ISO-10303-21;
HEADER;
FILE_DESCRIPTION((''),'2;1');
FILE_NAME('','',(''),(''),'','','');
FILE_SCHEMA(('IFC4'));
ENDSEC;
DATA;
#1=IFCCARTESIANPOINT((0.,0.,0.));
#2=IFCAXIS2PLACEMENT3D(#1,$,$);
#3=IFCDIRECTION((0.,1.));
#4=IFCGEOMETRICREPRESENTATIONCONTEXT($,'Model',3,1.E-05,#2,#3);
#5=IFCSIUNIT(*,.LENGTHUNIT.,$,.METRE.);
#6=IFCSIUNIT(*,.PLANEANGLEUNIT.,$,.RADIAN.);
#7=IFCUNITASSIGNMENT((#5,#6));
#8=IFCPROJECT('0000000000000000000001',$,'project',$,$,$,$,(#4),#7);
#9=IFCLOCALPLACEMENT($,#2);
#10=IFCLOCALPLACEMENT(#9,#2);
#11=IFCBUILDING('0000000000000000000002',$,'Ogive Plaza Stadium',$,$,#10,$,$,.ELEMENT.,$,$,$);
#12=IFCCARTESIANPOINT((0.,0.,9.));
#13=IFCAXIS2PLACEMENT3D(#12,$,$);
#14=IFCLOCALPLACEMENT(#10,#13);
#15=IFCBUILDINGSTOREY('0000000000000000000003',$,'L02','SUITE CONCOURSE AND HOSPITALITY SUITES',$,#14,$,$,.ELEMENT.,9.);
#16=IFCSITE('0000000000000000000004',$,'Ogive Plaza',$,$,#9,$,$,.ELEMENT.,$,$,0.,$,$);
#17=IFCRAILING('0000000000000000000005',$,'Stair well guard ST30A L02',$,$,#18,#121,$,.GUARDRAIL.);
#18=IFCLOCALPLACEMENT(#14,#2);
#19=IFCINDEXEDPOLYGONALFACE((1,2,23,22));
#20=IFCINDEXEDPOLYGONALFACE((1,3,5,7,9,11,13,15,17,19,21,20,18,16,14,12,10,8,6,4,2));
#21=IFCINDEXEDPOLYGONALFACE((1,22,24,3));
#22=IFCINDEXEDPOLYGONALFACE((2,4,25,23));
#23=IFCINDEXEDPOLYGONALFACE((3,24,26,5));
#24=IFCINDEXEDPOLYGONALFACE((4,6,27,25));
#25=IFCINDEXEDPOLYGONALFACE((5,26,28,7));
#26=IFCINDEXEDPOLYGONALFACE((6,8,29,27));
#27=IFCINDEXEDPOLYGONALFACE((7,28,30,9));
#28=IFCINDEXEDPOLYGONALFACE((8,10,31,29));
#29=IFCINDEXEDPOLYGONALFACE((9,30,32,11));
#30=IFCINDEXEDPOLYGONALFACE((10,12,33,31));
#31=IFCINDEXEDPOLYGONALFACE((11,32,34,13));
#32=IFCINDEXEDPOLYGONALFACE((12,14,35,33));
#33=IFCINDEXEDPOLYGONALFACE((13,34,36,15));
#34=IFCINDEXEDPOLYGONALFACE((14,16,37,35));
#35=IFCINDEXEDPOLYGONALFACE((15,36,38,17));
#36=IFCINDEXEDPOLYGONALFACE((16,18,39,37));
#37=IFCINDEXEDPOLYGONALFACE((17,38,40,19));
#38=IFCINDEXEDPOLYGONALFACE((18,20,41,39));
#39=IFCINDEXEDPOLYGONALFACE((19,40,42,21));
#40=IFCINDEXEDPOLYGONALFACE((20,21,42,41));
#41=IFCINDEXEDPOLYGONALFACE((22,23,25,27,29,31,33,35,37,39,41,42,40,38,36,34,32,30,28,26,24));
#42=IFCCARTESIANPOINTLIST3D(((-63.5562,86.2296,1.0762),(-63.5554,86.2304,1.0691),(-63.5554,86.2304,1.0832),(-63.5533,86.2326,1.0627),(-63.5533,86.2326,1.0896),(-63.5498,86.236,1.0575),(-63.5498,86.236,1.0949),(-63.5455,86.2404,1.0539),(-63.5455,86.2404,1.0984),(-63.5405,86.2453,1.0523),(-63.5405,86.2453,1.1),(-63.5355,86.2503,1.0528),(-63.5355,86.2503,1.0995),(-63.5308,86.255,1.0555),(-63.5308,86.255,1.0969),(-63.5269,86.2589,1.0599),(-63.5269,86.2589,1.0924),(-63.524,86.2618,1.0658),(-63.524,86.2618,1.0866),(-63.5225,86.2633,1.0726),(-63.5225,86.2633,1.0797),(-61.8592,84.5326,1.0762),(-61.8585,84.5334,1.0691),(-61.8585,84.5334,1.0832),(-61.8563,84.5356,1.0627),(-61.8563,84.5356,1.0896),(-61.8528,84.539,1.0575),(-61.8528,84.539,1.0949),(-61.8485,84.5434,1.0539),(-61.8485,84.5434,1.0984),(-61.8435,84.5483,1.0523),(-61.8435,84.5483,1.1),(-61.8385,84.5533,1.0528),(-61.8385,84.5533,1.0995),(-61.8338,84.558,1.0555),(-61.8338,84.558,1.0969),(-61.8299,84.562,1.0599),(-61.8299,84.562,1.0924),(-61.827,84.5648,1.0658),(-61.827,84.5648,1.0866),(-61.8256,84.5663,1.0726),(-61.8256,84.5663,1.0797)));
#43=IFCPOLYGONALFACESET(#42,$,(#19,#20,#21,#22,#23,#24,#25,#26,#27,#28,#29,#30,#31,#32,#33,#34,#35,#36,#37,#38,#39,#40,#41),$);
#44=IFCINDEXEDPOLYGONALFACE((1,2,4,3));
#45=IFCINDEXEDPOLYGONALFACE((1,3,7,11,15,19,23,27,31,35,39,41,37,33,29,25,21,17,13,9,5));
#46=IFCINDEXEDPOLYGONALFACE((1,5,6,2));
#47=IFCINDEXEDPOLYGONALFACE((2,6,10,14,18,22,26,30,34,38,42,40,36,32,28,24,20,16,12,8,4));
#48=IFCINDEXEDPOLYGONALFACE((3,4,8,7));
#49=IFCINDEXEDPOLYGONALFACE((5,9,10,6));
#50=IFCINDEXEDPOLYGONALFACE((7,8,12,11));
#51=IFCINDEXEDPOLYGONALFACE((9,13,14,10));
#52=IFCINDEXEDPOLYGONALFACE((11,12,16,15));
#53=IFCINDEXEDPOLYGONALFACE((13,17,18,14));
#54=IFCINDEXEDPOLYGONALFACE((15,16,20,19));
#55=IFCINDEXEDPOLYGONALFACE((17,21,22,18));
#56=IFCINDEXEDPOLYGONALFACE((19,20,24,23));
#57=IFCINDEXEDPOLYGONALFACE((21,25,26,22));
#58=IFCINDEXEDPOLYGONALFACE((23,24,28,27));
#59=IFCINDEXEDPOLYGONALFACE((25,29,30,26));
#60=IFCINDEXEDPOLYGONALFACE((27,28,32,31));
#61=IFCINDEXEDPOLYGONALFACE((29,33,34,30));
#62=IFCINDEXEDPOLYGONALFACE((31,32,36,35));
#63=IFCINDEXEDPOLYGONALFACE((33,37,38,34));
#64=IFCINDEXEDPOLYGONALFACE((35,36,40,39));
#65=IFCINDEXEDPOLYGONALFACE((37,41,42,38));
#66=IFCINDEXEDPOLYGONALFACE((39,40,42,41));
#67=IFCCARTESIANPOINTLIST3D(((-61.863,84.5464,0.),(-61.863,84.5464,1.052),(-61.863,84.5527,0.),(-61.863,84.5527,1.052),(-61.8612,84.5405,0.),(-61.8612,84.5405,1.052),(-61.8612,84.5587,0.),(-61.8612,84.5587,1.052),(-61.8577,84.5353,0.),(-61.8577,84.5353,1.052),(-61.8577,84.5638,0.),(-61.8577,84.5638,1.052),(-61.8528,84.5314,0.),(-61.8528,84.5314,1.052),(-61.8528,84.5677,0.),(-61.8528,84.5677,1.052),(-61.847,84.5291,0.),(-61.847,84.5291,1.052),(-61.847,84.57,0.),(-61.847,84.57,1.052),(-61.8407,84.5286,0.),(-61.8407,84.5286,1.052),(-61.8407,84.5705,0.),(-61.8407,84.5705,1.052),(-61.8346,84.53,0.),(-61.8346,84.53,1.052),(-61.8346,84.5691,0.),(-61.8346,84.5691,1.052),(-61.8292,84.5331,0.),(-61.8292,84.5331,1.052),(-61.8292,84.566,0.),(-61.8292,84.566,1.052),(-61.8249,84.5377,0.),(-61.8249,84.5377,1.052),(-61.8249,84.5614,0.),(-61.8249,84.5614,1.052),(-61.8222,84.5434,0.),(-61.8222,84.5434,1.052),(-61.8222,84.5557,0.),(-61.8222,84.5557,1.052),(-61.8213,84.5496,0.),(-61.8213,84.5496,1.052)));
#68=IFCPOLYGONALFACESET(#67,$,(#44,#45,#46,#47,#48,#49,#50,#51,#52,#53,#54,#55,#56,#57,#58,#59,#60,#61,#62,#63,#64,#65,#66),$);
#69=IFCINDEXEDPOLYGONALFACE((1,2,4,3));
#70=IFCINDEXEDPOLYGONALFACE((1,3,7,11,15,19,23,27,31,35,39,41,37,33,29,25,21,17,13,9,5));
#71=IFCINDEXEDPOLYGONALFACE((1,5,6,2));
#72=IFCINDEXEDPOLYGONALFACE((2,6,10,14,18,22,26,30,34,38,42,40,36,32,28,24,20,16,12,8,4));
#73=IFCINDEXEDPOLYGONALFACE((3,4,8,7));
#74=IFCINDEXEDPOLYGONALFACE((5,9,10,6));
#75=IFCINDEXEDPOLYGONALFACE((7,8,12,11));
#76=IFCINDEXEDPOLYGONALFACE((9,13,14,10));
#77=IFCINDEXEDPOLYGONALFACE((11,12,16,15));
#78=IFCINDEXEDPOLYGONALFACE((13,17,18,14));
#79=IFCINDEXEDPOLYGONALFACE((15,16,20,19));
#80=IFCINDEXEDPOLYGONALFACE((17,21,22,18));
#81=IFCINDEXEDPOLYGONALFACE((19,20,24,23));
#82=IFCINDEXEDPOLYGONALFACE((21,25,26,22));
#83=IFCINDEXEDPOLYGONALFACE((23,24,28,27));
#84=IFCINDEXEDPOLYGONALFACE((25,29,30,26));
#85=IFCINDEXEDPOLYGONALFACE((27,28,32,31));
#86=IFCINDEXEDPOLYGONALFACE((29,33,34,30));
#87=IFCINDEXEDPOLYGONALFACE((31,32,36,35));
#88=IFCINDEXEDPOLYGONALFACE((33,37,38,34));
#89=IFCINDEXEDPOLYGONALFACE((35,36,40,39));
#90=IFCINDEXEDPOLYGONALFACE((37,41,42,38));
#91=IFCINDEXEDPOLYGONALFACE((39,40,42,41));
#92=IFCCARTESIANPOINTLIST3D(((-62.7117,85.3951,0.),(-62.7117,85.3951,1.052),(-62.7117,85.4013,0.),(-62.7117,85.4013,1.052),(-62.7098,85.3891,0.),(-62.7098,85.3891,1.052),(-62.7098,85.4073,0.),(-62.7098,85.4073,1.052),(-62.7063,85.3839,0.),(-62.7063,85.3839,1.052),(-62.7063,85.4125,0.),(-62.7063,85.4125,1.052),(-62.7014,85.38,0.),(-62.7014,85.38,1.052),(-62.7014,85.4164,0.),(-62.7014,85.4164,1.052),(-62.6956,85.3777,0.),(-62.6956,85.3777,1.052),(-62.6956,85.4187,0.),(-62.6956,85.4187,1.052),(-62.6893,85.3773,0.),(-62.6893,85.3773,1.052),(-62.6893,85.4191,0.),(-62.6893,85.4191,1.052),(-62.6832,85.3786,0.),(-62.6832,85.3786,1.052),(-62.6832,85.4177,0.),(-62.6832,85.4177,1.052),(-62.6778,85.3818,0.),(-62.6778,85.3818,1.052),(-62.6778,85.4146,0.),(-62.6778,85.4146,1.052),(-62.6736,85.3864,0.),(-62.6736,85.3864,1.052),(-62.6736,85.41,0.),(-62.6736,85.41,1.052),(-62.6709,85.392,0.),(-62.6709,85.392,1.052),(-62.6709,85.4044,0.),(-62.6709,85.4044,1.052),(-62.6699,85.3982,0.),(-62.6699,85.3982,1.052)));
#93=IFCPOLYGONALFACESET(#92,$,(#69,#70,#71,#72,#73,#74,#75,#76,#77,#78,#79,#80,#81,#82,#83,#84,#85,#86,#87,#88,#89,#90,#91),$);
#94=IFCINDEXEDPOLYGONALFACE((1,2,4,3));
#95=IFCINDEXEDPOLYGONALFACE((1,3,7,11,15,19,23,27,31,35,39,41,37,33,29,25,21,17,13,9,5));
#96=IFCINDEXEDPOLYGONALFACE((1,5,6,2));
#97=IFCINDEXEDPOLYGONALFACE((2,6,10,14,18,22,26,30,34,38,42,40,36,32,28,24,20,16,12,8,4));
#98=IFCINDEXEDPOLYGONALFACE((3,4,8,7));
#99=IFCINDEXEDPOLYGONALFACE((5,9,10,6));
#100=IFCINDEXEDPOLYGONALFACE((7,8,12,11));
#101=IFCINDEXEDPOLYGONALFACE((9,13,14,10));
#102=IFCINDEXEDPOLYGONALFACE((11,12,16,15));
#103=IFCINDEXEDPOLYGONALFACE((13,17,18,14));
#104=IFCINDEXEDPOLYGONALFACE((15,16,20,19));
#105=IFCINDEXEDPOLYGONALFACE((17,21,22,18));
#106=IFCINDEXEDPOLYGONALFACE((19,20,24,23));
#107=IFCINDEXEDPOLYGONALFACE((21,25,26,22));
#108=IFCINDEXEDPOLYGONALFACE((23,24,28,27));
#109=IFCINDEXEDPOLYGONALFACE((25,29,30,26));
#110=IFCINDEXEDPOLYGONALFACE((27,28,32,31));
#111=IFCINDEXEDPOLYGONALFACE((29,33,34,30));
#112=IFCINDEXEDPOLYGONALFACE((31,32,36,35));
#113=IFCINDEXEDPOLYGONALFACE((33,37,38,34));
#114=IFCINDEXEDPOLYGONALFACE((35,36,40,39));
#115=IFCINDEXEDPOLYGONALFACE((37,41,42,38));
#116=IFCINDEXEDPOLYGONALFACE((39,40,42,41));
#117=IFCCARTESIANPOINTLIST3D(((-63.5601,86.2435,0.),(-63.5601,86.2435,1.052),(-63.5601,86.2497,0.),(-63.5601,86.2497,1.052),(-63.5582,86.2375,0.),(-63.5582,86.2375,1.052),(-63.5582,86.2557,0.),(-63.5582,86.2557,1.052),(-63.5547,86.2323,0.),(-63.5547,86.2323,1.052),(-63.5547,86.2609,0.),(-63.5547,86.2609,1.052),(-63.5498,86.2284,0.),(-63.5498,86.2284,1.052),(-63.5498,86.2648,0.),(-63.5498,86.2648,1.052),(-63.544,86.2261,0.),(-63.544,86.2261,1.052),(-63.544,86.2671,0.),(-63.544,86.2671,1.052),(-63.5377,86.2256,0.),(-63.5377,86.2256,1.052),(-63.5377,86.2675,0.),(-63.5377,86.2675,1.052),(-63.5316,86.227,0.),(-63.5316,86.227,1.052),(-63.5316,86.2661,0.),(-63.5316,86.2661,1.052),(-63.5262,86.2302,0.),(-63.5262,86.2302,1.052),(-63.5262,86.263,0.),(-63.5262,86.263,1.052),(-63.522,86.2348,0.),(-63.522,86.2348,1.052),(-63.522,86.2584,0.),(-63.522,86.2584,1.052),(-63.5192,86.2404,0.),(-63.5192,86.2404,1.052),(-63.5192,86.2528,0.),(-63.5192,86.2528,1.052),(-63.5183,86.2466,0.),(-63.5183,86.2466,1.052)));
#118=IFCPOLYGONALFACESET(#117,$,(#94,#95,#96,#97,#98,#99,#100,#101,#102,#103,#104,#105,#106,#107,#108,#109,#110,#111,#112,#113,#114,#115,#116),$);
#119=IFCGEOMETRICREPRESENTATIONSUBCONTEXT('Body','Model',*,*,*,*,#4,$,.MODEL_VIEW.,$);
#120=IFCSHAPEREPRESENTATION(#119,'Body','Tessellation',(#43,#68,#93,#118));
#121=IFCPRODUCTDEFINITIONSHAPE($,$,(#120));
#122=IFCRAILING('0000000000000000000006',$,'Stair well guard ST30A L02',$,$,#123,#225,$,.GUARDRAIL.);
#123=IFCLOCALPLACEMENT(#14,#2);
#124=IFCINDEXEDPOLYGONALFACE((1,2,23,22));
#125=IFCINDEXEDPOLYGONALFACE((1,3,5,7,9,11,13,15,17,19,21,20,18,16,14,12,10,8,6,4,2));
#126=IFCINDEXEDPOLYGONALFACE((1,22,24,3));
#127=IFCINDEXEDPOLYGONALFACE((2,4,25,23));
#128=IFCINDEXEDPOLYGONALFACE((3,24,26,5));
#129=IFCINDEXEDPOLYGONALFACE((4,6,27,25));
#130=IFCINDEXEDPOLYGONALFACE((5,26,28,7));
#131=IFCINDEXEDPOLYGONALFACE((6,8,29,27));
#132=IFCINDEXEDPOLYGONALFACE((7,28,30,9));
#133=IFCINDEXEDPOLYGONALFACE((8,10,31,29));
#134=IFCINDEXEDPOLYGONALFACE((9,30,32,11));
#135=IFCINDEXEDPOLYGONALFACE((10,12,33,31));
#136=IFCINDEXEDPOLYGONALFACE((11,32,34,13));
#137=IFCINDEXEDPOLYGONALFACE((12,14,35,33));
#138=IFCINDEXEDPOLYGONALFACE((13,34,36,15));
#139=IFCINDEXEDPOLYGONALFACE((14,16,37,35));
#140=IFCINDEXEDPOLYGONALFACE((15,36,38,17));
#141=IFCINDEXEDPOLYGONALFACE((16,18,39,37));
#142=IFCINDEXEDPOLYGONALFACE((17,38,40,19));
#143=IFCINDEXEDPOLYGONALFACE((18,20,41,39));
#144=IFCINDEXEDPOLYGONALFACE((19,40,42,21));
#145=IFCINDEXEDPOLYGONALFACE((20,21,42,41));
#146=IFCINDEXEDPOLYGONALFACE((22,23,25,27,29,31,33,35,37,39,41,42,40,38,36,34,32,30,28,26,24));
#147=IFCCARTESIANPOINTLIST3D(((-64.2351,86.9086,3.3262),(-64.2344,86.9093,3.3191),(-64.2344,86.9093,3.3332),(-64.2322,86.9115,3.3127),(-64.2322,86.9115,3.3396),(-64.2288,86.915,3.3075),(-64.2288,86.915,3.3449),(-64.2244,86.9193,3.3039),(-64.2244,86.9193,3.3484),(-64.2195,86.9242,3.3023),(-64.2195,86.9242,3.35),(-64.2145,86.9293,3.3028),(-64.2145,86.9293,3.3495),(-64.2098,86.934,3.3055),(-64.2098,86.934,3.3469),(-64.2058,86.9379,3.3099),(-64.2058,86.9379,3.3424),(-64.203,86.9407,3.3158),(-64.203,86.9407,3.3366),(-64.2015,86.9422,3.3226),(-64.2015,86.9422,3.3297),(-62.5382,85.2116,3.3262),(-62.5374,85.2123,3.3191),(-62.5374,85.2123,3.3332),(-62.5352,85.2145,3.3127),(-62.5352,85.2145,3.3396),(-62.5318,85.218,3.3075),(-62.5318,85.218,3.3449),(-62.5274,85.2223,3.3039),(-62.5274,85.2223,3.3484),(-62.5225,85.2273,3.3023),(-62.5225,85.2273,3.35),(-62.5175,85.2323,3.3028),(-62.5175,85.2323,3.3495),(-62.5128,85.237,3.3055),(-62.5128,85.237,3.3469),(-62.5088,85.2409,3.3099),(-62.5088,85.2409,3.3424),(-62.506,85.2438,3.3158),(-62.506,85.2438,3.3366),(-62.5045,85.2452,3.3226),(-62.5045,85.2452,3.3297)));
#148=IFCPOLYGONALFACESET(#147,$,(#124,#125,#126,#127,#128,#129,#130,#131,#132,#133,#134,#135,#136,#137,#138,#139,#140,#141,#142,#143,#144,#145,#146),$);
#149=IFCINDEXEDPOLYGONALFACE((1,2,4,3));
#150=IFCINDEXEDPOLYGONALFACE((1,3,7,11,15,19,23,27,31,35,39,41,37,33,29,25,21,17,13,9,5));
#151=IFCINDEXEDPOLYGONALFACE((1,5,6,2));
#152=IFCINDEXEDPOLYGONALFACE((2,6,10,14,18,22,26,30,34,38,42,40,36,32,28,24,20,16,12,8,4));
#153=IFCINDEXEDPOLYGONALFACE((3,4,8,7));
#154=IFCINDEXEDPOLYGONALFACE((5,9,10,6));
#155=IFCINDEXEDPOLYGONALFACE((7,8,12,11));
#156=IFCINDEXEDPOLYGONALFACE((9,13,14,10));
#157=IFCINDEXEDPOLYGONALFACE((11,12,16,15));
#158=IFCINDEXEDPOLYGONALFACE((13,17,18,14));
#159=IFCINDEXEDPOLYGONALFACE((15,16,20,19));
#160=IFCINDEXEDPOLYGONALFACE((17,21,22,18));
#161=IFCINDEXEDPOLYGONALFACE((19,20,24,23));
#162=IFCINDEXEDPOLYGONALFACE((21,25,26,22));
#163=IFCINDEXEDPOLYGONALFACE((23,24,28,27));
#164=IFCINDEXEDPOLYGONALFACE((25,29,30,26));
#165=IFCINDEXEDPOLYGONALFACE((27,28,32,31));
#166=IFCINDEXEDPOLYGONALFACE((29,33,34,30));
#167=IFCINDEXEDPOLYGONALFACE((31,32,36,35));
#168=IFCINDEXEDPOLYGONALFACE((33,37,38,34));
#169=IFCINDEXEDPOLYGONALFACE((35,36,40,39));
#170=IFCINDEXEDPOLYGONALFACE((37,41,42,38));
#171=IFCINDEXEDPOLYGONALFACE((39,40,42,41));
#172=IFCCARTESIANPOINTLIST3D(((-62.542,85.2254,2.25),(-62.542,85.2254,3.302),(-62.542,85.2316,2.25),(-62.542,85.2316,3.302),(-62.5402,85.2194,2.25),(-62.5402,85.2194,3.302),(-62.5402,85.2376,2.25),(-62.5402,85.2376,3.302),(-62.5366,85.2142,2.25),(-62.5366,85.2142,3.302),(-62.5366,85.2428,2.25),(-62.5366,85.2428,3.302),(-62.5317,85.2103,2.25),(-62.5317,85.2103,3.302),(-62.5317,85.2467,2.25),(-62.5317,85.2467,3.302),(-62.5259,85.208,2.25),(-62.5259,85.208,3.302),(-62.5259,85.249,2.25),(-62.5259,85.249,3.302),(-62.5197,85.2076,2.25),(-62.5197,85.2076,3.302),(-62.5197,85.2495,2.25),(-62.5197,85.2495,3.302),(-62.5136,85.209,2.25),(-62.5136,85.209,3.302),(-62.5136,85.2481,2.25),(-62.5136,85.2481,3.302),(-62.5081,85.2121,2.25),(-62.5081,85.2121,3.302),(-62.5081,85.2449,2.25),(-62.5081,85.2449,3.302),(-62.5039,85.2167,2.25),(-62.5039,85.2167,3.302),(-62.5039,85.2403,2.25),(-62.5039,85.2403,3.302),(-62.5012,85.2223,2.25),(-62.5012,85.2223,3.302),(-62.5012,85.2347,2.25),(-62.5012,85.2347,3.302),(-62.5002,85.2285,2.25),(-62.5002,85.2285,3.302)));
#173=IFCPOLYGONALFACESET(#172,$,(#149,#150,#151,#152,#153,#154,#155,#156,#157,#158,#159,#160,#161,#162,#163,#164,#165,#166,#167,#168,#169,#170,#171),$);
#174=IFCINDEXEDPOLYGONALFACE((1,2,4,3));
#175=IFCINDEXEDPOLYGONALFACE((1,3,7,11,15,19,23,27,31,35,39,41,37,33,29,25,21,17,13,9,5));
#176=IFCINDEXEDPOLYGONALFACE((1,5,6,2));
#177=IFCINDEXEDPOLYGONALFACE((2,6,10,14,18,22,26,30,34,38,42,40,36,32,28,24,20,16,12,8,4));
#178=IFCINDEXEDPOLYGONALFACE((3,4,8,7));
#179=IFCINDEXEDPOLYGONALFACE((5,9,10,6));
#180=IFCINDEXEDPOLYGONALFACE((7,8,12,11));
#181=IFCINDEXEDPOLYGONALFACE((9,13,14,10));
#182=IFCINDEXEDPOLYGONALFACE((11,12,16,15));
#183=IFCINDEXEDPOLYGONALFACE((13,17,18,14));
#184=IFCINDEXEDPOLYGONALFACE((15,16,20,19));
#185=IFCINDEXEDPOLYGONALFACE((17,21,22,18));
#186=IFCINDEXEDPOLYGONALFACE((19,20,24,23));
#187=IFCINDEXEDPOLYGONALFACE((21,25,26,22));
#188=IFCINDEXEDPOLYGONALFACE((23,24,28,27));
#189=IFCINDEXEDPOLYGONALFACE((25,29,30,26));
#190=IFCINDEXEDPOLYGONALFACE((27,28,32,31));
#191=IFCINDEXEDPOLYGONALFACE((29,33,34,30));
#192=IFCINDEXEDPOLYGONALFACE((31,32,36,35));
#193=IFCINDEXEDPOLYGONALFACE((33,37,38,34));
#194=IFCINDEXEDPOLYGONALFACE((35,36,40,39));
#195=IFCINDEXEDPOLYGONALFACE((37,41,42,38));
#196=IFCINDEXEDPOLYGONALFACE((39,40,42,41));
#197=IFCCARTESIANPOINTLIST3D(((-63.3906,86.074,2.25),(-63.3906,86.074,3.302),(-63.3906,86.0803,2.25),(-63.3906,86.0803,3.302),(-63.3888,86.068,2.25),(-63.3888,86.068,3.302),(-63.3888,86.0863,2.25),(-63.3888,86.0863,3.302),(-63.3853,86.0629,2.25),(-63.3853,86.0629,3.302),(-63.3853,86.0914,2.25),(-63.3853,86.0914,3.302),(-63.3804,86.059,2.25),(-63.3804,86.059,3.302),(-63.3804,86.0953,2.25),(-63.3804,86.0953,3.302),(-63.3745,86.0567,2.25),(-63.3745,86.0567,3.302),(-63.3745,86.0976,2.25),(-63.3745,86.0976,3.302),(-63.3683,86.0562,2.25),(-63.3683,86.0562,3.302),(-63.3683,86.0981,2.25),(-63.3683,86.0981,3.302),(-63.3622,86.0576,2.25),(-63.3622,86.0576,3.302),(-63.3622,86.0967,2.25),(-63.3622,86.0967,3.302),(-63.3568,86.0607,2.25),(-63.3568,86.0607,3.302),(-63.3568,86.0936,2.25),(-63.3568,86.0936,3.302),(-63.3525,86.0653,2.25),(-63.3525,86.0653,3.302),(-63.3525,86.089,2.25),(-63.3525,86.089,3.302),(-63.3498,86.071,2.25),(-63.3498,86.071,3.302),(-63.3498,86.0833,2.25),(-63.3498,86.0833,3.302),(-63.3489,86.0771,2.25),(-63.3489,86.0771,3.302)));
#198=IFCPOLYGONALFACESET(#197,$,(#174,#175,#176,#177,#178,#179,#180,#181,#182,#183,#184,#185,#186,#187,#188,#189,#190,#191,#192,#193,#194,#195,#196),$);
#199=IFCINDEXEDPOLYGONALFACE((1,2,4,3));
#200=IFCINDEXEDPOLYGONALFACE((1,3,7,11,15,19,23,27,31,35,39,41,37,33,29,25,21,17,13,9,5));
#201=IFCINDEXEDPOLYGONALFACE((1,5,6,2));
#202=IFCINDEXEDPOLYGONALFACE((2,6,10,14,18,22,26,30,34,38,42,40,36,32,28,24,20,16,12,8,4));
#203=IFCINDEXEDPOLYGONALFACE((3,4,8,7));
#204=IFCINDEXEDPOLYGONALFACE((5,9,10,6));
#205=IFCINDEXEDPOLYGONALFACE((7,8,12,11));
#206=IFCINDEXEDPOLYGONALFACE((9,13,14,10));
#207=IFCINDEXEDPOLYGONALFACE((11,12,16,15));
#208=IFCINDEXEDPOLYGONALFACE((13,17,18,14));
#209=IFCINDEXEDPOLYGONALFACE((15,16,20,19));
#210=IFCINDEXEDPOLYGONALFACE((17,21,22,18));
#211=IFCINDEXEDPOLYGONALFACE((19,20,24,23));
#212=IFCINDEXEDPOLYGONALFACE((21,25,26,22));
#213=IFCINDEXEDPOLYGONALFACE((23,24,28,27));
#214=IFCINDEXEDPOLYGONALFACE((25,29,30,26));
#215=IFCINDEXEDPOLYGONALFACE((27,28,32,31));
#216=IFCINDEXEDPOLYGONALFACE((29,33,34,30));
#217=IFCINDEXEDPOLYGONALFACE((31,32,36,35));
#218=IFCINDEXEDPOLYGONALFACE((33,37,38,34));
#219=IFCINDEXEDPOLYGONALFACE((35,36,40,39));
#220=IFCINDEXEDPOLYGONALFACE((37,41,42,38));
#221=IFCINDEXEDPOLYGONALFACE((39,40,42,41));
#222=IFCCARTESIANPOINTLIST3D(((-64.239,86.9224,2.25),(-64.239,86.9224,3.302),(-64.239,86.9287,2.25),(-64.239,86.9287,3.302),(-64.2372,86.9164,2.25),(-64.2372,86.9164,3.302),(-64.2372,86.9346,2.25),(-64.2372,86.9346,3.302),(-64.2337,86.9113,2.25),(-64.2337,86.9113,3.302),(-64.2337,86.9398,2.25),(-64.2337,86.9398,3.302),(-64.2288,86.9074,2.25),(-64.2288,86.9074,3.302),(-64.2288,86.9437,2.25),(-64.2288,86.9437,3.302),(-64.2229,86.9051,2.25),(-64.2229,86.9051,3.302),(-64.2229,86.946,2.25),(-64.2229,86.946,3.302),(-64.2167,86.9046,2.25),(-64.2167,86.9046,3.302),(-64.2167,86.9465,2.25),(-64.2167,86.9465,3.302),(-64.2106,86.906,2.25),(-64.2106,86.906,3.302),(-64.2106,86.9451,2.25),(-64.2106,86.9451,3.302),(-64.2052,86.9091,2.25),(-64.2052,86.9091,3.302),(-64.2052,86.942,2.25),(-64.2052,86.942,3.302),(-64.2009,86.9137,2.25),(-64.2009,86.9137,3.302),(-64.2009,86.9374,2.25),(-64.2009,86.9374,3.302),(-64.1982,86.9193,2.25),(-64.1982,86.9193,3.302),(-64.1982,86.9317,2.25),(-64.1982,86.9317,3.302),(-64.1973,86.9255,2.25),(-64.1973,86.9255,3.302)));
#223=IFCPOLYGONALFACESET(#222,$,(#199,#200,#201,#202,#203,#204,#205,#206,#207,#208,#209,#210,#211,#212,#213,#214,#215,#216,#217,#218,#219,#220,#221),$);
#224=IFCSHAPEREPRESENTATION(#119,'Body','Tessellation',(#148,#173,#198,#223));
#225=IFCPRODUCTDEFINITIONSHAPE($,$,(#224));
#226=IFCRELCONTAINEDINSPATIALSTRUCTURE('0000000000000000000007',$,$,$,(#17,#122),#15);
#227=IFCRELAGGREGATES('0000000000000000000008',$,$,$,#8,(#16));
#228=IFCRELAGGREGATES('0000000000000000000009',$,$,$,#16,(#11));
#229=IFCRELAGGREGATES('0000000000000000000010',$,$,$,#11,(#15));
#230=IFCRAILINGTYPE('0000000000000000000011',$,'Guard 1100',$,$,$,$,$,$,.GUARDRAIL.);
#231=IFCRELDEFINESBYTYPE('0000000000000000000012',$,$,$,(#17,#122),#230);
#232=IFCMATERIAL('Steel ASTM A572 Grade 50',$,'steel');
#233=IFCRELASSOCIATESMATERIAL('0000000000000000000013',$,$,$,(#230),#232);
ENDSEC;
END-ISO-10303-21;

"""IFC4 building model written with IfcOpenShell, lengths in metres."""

from ifc_helpers import new_model, si_unit, direction, frame, origin, origin_2d, place, context, subcontext, project, spatial, circle, extrude, material, type_object, element, save


model = new_model("IFC4")

# Units and contexts
model_context = context("Model", 3, precision=1e-05, world=origin(), true_north=direction((0.0, 1.0)))
body_context = subcontext(model_context, "Body", "Model", "MODEL_VIEW")
ifc_project = project(units=[si_unit("LENGTHUNIT", "METRE"), si_unit("PLANEANGLEUNIT", "RADIAN")], contexts=[model_context])

# Site, building, storey
site_placement = place(None, origin())
site = spatial("IfcSite", under=ifc_project, at=site_placement, Name="Ogive Plaza", CompositionType="ELEMENT", RefElevation=0.0)
building_placement = place(site_placement, origin())
building = spatial("IfcBuilding", under=site, at=building_placement, Name="Ogive Plaza Stadium", CompositionType="ELEMENT")
storey_placement = place(building_placement, frame((0.0, 0.0, 9.0)))
storey = spatial("IfcBuildingStorey", under=building, at=storey_placement, Name="L02", Description="SUITE CONCOURSE AND HOSPITALITY SUITES", CompositionType="ELEMENT", Elevation=9.0)

# Railings
ifc_material_1 = material(Name="Steel ASTM A572 Grade 50", Category="steel")
railing_type_1 = type_object("IfcRailingType", Name="Guard 1100", PredefinedType="GUARDRAIL", material=ifc_material_1)
for number, where, name in (
    (1, (-61.8423, 84.5496, 0.0), "Stair well guard ST30A L02"),
    (2, (-62.5212, 85.2285, 2.25), "Stair well guard ST30A L02"),
):
    element("IfcRailing", number, at=place(storey_placement, frame(where)), inside=storey, type_object=railing_type_1, Name=name, PredefinedType="GUARDRAIL", context=body_context, shape_type="SweptSolid", body=[
        extrude(circle(Radius=0.0239, at=origin_2d()), frame((0.0, 0.0, 1.0762), z_axis=(-0.707107, 0.707107, 0.0), x_axis=(-0.707107, -0.707107, 0.0)), (0.0, 0.0, 1.0), 2.3999),
        extrude(circle(Radius=0.021, at=origin_2d()), origin(), (0.0, 0.0, 1.0), 1.052),
        extrude(circle(Radius=0.021, at=origin_2d()), frame((-0.8486, 0.8486, 0.0)), (0.0, 0.0, 1.0), 1.052),
        extrude(circle(Radius=0.021, at=origin_2d()), frame((-1.697, 1.697, 0.0)), (0.0, 0.0, 1.0), 1.052),
    ])

save(model, "model.ifc")
